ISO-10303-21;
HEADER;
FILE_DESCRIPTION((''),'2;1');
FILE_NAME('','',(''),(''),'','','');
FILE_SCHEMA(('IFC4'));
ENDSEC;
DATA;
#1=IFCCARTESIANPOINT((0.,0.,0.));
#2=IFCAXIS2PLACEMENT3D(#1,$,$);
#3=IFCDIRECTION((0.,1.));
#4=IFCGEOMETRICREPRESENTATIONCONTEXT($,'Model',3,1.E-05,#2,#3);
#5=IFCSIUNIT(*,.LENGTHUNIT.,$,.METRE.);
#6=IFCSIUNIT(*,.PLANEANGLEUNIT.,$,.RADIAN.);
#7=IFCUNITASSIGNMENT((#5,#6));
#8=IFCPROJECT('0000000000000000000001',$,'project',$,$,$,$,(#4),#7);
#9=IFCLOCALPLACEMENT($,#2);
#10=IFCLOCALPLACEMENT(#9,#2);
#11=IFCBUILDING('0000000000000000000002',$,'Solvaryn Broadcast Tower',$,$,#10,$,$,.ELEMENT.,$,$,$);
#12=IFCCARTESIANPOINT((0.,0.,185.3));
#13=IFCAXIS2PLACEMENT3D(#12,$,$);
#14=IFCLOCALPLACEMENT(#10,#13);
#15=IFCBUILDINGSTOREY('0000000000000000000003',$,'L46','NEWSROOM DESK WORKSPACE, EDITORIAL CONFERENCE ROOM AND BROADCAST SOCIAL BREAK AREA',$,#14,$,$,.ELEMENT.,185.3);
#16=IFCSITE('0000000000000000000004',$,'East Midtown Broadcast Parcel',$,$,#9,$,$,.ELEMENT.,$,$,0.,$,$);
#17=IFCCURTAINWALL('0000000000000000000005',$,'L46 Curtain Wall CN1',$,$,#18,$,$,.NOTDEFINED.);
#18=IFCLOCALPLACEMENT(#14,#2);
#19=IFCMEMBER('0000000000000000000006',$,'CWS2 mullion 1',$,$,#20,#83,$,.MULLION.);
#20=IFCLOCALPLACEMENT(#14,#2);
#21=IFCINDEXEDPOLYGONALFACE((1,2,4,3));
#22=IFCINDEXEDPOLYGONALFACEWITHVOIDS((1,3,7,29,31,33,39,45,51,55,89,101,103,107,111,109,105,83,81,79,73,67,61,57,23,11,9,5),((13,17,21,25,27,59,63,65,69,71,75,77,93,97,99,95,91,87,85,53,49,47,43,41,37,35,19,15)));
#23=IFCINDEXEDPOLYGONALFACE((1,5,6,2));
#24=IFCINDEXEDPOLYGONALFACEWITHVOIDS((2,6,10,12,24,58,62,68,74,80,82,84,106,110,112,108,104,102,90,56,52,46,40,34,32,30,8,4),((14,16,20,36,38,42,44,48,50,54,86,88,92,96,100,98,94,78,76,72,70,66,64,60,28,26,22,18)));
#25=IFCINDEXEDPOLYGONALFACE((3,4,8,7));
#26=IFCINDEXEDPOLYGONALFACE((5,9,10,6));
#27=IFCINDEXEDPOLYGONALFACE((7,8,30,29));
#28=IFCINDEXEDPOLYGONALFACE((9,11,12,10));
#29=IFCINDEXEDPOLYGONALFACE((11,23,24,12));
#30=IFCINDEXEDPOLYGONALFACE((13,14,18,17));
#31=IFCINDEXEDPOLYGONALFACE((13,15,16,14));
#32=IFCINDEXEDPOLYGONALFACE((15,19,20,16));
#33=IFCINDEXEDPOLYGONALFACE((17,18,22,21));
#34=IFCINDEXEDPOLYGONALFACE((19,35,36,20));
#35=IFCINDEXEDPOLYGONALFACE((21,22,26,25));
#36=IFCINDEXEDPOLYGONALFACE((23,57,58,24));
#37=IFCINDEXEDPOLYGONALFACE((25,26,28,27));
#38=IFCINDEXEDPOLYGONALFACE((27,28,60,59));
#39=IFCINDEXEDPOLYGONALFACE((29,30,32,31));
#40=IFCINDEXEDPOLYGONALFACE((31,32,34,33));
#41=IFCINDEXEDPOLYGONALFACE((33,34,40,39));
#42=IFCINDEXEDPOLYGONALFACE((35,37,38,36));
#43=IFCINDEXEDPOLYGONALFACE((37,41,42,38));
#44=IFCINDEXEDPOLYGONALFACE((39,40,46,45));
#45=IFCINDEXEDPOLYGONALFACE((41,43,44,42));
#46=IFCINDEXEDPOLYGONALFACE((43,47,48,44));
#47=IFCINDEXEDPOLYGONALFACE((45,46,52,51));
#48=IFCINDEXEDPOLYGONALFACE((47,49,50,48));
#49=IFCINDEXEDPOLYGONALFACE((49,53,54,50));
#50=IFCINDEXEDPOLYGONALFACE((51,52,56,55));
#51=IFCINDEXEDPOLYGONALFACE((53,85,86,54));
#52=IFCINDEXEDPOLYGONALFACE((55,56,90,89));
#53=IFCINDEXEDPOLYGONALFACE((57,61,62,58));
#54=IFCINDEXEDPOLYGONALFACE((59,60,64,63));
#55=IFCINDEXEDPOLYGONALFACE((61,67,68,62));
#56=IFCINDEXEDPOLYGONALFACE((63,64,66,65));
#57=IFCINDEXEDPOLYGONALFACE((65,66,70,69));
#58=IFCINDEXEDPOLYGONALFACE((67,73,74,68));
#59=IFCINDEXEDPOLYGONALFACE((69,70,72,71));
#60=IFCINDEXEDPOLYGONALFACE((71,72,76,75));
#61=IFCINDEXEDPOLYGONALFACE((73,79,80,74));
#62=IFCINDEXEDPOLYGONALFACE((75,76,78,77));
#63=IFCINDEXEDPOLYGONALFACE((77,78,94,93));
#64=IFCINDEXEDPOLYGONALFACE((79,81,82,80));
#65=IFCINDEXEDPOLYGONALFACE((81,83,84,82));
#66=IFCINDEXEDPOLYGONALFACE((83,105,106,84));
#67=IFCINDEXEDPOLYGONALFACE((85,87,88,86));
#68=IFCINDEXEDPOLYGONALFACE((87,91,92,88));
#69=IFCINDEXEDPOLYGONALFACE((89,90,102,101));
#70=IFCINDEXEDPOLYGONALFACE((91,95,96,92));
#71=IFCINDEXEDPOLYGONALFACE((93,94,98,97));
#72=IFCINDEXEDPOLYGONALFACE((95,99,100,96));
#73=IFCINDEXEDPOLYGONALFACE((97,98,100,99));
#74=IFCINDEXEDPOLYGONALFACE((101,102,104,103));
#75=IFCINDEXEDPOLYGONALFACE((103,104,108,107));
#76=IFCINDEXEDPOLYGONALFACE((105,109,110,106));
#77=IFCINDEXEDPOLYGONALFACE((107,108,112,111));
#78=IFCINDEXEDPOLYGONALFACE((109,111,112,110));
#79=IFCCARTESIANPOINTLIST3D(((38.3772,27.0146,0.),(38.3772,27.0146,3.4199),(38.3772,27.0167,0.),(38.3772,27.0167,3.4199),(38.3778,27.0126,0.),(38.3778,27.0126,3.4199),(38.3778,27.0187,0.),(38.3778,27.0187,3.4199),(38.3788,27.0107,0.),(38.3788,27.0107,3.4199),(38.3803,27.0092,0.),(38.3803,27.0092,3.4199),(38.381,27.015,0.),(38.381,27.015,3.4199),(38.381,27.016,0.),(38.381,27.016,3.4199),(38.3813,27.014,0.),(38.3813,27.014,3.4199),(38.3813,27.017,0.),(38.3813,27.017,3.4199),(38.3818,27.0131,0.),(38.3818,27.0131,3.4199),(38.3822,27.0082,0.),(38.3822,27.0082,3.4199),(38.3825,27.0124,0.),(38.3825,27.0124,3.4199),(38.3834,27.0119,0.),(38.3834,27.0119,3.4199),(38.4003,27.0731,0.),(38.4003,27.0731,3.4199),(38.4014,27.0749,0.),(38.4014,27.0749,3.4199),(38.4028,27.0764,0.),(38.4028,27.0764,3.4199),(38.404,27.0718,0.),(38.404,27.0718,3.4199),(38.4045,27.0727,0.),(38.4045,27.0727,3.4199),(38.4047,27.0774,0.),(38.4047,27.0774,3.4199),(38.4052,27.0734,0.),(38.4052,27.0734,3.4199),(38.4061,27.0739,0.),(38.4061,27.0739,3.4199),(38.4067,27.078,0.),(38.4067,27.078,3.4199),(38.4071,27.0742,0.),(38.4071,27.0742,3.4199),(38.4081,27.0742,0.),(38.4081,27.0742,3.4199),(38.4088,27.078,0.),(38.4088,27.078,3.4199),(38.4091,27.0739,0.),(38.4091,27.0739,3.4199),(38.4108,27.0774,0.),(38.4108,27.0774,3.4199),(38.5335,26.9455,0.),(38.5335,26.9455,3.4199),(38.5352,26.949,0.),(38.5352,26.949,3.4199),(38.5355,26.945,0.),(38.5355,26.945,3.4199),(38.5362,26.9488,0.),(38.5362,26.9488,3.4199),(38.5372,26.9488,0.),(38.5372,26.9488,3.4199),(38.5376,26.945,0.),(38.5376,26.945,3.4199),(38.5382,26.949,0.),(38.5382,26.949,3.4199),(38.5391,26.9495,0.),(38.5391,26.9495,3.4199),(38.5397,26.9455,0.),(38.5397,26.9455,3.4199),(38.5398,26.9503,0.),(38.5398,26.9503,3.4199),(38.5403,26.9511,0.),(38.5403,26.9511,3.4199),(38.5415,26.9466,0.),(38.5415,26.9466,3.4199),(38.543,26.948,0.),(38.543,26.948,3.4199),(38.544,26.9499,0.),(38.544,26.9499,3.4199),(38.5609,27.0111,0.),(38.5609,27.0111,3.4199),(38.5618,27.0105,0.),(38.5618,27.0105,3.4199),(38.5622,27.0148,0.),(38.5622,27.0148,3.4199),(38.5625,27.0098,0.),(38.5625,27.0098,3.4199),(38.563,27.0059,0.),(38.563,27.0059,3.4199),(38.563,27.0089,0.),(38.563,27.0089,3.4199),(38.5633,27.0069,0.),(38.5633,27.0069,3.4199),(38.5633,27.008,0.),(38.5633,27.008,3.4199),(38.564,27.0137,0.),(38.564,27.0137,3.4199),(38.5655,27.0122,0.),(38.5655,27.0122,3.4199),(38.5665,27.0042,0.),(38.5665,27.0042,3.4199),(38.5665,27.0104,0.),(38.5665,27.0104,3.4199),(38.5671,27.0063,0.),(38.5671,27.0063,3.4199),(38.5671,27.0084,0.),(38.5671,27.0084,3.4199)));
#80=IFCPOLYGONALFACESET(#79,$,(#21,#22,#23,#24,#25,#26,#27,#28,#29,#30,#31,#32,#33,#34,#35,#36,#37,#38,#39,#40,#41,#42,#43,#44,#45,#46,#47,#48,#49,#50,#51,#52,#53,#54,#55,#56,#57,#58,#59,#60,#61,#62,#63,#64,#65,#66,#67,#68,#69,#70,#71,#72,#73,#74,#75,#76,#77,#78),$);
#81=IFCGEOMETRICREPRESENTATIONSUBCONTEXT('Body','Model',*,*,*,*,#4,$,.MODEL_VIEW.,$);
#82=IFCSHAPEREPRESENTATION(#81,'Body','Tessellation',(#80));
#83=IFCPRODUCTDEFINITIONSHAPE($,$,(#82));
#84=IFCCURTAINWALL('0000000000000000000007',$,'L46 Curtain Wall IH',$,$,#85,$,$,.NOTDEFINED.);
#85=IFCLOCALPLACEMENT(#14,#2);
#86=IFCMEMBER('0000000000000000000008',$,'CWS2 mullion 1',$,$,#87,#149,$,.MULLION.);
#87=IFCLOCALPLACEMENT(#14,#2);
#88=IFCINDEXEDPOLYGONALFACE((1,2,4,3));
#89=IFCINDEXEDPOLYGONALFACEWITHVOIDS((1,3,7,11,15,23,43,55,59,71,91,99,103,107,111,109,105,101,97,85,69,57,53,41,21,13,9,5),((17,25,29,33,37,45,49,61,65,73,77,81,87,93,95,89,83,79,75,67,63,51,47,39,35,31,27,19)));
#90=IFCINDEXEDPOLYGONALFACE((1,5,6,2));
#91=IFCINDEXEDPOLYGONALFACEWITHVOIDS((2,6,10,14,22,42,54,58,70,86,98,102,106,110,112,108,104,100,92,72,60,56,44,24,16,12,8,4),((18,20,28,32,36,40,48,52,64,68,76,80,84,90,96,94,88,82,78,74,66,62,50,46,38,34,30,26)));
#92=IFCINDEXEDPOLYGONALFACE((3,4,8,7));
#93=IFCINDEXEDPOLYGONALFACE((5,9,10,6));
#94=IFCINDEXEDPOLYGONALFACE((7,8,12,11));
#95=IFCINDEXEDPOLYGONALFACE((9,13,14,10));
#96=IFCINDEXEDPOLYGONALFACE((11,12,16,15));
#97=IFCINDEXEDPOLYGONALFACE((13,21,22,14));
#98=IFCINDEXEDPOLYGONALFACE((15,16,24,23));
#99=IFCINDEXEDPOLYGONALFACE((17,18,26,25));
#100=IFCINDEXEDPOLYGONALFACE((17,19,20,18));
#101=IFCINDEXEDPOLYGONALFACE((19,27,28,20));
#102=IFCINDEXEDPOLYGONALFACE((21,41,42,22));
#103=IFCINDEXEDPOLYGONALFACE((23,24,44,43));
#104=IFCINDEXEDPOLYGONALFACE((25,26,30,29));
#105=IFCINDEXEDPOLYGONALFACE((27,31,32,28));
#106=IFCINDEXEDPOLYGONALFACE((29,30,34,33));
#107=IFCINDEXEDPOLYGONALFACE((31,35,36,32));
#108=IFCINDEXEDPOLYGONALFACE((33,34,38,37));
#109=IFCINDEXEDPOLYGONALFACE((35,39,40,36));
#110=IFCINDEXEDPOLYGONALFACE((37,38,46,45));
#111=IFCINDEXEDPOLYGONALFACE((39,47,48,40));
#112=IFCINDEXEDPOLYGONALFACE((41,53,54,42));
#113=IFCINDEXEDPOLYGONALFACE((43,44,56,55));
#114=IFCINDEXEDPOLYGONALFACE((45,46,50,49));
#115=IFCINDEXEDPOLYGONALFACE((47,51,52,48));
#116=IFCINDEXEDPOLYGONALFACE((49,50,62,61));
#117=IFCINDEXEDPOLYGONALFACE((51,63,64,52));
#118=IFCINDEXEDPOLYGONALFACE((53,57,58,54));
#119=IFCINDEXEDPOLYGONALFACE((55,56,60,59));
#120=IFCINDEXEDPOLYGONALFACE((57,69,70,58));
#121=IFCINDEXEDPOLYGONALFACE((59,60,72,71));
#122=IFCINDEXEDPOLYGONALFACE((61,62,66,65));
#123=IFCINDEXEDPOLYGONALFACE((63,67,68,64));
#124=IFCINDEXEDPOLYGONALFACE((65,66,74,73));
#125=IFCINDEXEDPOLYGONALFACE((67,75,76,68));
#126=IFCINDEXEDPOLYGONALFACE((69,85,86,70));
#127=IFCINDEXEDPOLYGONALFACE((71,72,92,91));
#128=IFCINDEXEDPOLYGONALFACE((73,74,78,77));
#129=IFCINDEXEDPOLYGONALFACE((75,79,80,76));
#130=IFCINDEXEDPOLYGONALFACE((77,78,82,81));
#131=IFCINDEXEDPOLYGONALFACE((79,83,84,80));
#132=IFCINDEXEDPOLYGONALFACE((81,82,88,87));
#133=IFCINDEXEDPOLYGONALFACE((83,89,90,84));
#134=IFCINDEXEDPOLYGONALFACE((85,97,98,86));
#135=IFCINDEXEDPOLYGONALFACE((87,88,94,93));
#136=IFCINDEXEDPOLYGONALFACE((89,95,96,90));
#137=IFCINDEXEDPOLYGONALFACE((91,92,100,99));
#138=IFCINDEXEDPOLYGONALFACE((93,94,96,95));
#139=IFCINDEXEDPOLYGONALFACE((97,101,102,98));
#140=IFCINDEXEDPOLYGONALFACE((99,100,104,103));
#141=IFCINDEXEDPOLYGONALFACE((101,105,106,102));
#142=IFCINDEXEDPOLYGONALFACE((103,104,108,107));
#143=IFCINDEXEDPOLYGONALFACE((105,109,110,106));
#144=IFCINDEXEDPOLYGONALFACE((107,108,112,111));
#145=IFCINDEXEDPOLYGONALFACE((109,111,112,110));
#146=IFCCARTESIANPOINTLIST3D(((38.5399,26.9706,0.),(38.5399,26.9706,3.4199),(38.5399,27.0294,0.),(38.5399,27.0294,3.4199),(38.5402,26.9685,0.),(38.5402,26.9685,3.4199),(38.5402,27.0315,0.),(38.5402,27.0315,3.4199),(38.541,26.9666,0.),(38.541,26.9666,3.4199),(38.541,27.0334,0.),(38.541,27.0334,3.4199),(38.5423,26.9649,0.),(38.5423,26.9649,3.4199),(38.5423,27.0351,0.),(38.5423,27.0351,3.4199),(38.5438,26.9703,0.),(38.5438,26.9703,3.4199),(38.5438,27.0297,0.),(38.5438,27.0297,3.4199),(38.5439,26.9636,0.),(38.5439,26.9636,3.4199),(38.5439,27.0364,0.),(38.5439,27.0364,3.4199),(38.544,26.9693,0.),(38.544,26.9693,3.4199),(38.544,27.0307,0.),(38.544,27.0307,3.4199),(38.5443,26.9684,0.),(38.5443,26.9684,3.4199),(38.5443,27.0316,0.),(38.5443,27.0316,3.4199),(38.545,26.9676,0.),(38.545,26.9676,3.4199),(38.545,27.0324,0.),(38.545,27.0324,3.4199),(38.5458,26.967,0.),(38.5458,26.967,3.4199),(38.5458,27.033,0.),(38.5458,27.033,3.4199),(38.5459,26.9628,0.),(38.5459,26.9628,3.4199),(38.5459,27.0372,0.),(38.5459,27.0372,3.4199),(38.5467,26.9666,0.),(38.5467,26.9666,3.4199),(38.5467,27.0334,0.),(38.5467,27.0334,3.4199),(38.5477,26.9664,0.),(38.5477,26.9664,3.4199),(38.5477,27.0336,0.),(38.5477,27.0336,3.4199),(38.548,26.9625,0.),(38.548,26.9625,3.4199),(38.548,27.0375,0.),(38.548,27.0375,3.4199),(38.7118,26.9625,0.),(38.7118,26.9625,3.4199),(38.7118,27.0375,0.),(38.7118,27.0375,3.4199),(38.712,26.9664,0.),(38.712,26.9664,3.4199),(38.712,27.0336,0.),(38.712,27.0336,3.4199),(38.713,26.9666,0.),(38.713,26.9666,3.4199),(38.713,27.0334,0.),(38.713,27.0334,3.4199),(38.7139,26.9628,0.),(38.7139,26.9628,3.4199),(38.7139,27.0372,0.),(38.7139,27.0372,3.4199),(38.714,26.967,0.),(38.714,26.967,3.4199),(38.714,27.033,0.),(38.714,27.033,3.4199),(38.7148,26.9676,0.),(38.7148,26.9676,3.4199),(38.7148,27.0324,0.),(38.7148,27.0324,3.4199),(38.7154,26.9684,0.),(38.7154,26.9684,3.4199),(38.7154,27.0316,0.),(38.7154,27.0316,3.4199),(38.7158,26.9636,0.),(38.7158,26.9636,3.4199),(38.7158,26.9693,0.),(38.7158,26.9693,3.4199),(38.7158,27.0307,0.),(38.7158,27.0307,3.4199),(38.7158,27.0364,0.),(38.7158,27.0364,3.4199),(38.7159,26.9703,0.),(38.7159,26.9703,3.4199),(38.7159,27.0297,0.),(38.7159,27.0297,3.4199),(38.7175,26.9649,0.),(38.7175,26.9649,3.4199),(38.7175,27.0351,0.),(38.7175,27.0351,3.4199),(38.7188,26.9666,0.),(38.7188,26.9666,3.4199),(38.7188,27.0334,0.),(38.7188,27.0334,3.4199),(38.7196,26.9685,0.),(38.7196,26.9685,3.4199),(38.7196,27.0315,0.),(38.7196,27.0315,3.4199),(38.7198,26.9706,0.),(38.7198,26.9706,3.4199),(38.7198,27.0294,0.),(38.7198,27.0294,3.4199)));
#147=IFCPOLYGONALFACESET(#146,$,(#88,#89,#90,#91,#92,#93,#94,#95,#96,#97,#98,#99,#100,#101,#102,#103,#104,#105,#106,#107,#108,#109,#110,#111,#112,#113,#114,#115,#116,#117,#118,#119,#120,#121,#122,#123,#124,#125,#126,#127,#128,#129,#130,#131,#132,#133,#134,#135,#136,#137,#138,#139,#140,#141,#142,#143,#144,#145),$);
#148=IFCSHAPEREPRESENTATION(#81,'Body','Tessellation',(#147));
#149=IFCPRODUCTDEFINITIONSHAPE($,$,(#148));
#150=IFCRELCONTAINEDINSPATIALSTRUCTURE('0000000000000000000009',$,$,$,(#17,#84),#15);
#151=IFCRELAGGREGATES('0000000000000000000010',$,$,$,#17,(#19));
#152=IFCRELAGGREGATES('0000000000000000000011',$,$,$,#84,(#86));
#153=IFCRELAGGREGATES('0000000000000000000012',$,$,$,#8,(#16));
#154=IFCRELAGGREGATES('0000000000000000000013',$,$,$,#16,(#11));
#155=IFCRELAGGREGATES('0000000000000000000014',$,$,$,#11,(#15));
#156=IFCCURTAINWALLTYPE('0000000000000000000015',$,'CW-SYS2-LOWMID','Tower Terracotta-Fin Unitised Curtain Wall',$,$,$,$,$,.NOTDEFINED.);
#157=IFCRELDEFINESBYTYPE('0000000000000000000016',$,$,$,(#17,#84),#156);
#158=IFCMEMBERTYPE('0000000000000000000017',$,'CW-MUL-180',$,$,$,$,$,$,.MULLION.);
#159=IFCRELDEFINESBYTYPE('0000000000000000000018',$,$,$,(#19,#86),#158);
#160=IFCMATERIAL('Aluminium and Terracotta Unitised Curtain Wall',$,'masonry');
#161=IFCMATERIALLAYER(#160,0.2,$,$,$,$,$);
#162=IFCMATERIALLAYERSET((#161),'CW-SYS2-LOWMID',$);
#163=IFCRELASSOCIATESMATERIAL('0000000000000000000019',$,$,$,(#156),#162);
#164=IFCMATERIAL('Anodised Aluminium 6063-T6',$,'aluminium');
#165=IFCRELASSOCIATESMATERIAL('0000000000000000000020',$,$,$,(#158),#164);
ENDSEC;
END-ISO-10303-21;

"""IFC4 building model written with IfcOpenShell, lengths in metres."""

from ifc_helpers import new_model, si_unit, direction, frame, origin, origin_2d, place, context, subcontext, project, spatial, hollow_rectangle, extrude, material, layer, layer_set, material_profile, profile_set, type_object, element, aggregate, save


model = new_model("IFC4")

# Units and contexts
model_context = context("Model", 3, precision=1e-05, world=origin(), true_north=direction((0.0, 1.0)))
body_context = subcontext(model_context, "Body", "Model", "MODEL_VIEW")
ifc_project = project(units=[si_unit("LENGTHUNIT", "METRE"), si_unit("PLANEANGLEUNIT", "RADIAN")], contexts=[model_context])

# Site, building, storey
site_placement = place(None, origin())
site = spatial("IfcSite", under=ifc_project, at=site_placement, Name="East Midtown Broadcast Parcel", CompositionType="ELEMENT", RefElevation=0.0)
building_placement = place(site_placement, origin())
building = spatial("IfcBuilding", under=site, at=building_placement, Name="Solvaryn Broadcast Tower", CompositionType="ELEMENT")
storey_placement = place(building_placement, frame((0.0, 0.0, 185.3)))
storey = spatial("IfcBuildingStorey", under=building, at=storey_placement, Name="L46", Description="NEWSROOM DESK WORKSPACE, EDITORIAL CONFERENCE ROOM AND BROADCAST SOCIAL BREAK AREA", CompositionType="ELEMENT", Elevation=185.3)

# Curtain walls, members
ifc_material_1 = material(Name="Aluminium and Terracotta Unitised Curtain Wall", Category="masonry")
ifc_layer_1 = layer(ifc_material_1, 0.2)
ifc_layer_set_1 = layer_set([ifc_layer_1], Name="CW-SYS2-LOWMID")
curtain_wall_type = type_object("IfcCurtainWallType", Name="CW-SYS2-LOWMID", Description="Tower Terracotta-Fin Unitised Curtain Wall", PredefinedType="NOTDEFINED", material=ifc_layer_set_1)
curtain_wall_1_placement = place(storey_placement, origin())
curtain_wall_1 = element("IfcCurtainWall", 1, at=curtain_wall_1_placement, inside=storey, type_object=curtain_wall_type, Name="L46 Curtain Wall CN1", PredefinedType="NOTDEFINED")
ifc_material_2 = material(Name="Anodised Aluminium 6063-T6", Category="aluminium")
ifc_material_profile_1 = material_profile(ifc_material_2, hollow_rectangle(XDim=0.075, YDim=0.1799, WallThickness=0.0039, InnerFilletRadius=0.0039, OuterFilletRadius=0.0081, at=origin_2d()))
ifc_profile_set_1 = profile_set([ifc_material_profile_1], Name="Anodised Aluminium 6063-T6")
member_type_1 = type_object("IfcMemberType", Name="CW-MUL-180", PredefinedType="MULLION", material=ifc_profile_set_1)
member_1_placement = place(storey_placement, frame((38.4722, 27.0115, 0.0), z_axis=(0.0, 0.0, 1.0), x_axis=(-0.382646, -0.923895, 0.0)))
member_1 = element("IfcMember", 2, at=member_1_placement, type_object=member_type_1, Name="CWS2 mullion 1", PredefinedType="MULLION", context=body_context, shape_type="SweptSolid", body=[
    extrude(hollow_rectangle(XDim=0.075, YDim=0.1799, WallThickness=0.0039, InnerFilletRadius=0.0039, OuterFilletRadius=0.0081, at=origin_2d()), origin(), (0.0, 0.0, 1.0), 3.4199),
])
curtain_wall_2_placement = place(storey_placement, origin())
curtain_wall_2 = element("IfcCurtainWall", 3, at=curtain_wall_2_placement, inside=storey, type_object=curtain_wall_type, Name="L46 Curtain Wall IH", PredefinedType="NOTDEFINED")
member_2_placement = place(storey_placement, frame((38.6299, 27.0, 0.0), z_axis=(0.0, 0.0, 1.0), x_axis=(0.0, 1.0, 0.0)))
member_2 = element("IfcMember", 4, at=member_2_placement, type_object=member_type_1, Name="CWS2 mullion 1", PredefinedType="MULLION", context=body_context, shape_type="SweptSolid", body=[
    extrude(hollow_rectangle(XDim=0.075, YDim=0.1799, WallThickness=0.0039, InnerFilletRadius=0.0039, OuterFilletRadius=0.0081, at=origin_2d()), origin(), (0.0, 0.0, 1.0), 3.4199),
])

aggregate(curtain_wall_1, [member_1])
aggregate(curtain_wall_2, [member_2])

save(model, "model.ifc")
